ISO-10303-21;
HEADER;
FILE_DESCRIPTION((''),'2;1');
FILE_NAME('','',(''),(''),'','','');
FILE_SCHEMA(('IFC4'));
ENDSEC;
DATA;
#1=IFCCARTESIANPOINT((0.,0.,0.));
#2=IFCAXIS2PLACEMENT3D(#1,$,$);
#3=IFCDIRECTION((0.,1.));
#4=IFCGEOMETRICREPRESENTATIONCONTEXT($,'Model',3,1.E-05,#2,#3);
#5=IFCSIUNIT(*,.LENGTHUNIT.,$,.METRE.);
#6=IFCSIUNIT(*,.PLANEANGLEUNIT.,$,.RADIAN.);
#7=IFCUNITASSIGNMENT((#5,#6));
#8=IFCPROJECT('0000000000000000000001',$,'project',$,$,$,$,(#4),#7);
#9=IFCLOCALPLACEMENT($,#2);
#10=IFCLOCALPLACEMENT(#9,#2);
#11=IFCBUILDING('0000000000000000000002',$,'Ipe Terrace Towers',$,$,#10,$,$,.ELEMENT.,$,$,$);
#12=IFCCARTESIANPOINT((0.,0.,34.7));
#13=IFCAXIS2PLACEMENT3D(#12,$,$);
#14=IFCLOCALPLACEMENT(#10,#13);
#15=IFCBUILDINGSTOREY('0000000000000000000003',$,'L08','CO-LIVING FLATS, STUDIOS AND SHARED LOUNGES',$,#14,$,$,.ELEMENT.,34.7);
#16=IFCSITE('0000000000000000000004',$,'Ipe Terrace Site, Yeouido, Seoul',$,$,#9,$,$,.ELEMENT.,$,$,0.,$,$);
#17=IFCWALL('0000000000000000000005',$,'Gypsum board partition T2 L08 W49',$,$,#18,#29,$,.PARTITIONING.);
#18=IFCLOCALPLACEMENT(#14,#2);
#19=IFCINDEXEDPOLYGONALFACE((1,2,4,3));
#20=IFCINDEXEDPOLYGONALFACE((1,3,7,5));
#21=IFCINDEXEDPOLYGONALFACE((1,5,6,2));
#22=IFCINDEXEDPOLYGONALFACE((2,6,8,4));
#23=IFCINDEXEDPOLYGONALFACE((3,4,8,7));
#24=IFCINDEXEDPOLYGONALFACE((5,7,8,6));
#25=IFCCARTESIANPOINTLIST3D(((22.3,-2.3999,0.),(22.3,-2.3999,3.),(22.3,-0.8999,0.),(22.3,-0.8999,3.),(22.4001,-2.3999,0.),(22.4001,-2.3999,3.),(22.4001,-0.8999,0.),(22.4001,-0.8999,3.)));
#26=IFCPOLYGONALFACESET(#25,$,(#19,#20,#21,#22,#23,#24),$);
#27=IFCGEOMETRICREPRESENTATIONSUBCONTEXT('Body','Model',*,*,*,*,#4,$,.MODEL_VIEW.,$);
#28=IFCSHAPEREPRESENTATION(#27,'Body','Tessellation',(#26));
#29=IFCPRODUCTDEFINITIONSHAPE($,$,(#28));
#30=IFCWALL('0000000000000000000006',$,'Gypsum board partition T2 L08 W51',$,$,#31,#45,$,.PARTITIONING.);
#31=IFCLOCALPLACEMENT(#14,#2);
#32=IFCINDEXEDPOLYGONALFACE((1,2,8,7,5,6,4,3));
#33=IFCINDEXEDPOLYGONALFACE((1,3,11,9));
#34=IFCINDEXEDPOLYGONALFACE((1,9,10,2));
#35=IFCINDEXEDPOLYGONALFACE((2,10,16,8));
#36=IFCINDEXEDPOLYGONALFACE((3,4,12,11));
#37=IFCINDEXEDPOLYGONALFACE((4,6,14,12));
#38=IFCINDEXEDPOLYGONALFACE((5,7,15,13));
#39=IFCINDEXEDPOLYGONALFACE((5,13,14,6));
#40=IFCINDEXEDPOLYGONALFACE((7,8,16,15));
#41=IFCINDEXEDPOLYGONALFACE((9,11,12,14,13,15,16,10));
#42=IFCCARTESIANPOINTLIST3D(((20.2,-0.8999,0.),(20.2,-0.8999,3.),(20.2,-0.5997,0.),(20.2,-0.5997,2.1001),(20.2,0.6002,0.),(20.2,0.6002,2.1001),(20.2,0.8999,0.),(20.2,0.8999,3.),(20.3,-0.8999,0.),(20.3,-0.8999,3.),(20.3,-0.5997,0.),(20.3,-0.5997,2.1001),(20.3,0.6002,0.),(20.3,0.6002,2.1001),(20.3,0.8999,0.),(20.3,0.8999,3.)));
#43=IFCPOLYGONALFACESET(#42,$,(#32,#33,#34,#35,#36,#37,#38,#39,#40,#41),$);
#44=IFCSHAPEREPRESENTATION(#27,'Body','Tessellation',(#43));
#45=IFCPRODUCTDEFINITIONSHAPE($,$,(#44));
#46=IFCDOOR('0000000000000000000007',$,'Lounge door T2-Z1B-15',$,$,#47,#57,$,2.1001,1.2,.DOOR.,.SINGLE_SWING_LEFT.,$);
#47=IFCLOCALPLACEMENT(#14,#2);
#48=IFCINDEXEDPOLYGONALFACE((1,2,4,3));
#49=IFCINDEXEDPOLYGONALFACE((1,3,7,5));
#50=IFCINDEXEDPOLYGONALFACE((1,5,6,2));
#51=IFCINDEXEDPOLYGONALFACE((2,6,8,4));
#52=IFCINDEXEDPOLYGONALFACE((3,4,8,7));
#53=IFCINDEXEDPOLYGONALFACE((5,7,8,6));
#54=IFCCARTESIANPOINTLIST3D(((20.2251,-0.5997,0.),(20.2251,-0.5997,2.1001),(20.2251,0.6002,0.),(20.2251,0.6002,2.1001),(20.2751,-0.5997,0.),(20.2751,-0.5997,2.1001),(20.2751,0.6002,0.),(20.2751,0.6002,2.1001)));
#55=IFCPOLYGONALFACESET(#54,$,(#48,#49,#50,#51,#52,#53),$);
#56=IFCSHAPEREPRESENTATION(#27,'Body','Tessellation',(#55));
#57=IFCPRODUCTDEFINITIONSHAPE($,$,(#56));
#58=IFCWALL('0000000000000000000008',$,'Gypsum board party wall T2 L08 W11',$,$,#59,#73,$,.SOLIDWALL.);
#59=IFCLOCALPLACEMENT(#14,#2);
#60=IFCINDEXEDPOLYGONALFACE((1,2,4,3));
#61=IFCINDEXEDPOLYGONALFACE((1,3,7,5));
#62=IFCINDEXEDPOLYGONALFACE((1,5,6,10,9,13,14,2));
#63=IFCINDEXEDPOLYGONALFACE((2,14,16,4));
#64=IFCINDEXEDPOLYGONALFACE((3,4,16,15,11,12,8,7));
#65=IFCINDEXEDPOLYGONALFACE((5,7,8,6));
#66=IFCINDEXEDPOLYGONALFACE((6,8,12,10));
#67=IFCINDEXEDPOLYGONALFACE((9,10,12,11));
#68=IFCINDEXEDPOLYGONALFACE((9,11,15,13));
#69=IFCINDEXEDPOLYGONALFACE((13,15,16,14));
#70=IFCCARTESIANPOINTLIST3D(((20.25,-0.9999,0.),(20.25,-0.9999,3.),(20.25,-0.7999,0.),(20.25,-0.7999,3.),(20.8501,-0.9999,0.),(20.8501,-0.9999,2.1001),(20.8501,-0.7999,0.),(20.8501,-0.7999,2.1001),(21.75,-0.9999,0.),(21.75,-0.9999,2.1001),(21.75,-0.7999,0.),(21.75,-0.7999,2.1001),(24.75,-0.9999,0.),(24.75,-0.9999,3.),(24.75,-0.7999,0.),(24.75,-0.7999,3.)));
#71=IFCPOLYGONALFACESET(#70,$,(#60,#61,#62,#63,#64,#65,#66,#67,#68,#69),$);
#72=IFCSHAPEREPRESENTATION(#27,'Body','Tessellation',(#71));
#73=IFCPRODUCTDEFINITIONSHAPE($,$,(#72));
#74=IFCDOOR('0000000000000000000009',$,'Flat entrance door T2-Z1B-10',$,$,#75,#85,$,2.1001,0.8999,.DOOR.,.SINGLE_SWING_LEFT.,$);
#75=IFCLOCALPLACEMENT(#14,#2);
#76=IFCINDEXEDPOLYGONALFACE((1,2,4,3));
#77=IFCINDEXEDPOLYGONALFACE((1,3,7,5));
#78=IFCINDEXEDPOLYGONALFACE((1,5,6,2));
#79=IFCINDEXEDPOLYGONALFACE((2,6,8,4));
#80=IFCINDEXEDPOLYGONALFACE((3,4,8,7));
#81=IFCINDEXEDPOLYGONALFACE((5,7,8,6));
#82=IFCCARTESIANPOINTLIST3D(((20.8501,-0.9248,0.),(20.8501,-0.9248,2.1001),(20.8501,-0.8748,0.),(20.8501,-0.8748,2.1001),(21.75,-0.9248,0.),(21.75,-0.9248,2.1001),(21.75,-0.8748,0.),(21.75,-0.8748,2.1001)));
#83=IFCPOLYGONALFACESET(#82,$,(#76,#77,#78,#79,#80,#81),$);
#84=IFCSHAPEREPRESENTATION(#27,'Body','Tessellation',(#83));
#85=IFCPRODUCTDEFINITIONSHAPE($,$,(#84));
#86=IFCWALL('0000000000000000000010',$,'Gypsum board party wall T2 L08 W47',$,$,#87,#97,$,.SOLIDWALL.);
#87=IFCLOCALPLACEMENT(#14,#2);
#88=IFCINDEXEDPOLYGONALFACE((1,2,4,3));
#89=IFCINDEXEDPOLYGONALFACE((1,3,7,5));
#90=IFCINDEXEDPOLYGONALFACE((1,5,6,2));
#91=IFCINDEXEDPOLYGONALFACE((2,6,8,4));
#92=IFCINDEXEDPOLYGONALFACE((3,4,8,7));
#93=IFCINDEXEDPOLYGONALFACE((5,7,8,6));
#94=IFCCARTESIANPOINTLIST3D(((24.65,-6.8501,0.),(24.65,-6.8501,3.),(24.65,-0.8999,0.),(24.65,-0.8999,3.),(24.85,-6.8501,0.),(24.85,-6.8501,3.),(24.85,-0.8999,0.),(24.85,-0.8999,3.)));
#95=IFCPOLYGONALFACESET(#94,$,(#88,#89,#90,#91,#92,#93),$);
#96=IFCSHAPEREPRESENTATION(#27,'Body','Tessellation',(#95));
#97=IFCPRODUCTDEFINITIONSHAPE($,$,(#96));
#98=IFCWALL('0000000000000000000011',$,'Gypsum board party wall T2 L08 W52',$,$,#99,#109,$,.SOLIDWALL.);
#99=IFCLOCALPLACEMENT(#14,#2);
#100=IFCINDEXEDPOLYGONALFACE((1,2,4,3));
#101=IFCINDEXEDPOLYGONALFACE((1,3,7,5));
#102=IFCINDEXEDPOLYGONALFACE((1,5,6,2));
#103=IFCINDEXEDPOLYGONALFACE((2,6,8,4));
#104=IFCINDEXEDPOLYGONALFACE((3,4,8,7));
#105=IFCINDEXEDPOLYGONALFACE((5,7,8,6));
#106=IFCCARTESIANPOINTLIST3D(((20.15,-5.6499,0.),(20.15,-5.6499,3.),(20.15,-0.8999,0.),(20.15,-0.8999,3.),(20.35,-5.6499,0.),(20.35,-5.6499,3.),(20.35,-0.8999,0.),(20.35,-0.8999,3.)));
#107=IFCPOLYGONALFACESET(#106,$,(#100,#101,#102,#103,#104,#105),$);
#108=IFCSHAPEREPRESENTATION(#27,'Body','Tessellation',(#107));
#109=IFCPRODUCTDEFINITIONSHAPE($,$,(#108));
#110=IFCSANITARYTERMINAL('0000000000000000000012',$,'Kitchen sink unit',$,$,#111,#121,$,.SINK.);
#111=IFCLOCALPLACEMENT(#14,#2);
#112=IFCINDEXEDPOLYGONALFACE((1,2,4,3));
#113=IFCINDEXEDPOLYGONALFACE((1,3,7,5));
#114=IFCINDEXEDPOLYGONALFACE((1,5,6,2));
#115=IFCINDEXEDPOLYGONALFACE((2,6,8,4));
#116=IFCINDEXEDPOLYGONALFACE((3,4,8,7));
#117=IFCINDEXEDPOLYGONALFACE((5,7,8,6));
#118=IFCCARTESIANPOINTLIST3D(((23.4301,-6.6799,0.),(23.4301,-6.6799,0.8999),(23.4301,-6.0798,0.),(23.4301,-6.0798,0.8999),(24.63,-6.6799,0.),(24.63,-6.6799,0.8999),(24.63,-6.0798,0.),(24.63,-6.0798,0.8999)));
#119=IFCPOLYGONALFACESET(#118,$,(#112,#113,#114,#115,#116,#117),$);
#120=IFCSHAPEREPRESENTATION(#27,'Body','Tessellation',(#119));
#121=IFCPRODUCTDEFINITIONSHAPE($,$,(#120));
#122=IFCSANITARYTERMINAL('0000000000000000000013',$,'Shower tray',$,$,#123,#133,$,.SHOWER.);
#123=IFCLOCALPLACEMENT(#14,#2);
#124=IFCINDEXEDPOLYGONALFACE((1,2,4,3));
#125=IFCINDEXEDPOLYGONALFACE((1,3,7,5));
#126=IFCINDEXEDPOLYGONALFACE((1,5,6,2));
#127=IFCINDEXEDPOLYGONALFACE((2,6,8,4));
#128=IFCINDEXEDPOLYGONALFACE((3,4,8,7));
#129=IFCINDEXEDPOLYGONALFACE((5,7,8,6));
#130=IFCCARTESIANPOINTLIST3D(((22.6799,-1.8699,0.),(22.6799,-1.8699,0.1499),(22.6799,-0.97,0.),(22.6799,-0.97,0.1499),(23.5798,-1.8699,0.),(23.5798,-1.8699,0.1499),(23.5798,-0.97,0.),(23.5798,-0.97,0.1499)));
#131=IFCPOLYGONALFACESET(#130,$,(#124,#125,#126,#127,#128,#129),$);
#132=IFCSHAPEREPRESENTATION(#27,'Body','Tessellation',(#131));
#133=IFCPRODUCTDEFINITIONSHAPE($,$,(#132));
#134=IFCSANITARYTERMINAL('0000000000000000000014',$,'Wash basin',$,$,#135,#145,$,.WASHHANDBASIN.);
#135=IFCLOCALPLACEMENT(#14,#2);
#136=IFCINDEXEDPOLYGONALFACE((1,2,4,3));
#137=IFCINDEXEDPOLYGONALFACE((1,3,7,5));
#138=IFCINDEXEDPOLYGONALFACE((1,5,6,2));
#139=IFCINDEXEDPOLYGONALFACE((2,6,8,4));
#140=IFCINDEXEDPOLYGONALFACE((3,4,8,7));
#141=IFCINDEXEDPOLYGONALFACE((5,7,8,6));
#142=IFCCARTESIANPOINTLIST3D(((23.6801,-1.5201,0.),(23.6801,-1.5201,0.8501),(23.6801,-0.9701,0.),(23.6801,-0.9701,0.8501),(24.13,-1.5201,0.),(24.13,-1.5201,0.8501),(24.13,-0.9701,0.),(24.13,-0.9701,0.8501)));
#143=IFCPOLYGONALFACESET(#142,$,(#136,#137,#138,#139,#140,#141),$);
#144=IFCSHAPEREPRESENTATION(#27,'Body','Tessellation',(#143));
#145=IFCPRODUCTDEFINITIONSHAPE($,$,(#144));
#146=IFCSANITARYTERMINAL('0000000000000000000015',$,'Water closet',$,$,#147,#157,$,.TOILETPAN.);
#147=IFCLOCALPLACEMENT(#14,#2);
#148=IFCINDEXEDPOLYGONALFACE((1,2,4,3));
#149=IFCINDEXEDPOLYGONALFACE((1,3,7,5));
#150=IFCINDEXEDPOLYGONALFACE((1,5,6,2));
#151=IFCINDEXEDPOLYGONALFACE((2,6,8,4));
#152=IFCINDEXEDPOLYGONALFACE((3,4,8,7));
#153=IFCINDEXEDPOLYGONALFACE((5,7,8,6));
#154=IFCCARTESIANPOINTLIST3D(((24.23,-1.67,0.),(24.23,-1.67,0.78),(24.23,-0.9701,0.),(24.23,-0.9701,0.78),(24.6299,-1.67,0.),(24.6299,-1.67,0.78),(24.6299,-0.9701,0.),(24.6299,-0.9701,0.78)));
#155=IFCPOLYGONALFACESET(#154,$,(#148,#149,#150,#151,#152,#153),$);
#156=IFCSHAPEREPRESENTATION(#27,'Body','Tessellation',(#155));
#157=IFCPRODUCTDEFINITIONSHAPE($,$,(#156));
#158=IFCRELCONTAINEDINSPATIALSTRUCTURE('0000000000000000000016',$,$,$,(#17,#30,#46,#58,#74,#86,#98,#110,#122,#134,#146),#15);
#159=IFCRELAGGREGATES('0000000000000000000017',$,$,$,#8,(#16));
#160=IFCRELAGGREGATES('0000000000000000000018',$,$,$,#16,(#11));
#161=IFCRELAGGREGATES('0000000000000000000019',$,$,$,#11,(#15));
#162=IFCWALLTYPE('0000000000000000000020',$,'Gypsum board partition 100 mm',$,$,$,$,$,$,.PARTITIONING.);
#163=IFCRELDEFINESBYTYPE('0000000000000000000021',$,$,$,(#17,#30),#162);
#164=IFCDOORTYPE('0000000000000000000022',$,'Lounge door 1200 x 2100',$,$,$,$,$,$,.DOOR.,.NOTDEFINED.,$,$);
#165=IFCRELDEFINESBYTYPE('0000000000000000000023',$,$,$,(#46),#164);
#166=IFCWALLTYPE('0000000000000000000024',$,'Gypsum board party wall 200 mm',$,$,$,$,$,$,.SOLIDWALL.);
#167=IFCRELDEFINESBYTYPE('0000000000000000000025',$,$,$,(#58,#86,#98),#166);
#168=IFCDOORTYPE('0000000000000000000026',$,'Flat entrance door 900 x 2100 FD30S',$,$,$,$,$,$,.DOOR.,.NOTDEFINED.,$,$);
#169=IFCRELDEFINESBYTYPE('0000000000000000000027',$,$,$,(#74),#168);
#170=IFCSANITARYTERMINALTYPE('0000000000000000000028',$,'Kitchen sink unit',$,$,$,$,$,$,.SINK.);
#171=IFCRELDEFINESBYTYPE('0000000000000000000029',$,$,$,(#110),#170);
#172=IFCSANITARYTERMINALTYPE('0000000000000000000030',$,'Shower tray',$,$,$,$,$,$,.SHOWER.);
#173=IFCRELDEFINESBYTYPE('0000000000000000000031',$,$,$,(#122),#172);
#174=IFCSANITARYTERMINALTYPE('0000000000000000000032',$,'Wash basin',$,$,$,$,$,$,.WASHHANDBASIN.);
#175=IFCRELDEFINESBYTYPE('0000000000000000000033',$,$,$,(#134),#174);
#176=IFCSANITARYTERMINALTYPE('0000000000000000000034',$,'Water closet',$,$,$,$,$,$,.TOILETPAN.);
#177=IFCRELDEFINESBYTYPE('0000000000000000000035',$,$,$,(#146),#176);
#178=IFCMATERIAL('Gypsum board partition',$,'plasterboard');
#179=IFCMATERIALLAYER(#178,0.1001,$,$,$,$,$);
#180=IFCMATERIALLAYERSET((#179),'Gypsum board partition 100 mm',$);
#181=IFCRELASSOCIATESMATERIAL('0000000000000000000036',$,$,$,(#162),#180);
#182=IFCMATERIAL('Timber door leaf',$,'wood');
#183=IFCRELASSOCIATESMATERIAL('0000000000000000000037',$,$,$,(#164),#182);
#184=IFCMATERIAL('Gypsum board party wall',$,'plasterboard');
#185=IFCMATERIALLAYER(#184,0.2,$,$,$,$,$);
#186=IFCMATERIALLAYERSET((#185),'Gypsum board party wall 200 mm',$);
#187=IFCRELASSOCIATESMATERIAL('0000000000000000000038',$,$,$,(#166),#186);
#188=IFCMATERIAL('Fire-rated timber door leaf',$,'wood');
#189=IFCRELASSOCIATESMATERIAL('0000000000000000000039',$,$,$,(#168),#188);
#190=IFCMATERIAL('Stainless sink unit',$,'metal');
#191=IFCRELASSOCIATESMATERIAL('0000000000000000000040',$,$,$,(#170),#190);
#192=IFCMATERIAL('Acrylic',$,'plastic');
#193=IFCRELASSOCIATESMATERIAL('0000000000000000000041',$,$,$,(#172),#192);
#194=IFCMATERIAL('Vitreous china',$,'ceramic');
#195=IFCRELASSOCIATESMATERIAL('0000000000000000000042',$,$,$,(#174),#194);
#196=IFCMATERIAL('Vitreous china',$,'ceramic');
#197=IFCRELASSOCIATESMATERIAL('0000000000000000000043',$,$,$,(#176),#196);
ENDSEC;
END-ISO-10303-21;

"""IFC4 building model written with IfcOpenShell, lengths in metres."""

from ifc_helpers import new_model, si_unit, direction, frame, frame_2d, origin, origin_2d, place, context, subcontext, project, spatial, rectangle, extrude, material, layer, layer_set, type_object, element, fill, save


model = new_model("IFC4")

# Units and contexts
model_context = context("Model", 3, precision=1e-05, world=origin(), true_north=direction((0.0, 1.0)))
body_context = subcontext(model_context, "Body", "Model", "MODEL_VIEW")
ifc_project = project(units=[si_unit("LENGTHUNIT", "METRE"), si_unit("PLANEANGLEUNIT", "RADIAN")], contexts=[model_context])

# Site, building, storey
site_placement = place(None, origin())
site = spatial("IfcSite", under=ifc_project, at=site_placement, Name="Ipe Terrace Site, Yeouido, Seoul", CompositionType="ELEMENT", RefElevation=0.0)
building_placement = place(site_placement, origin())
building = spatial("IfcBuilding", under=site, at=building_placement, Name="Ipe Terrace Towers", CompositionType="ELEMENT")
storey_placement = place(building_placement, frame((0.0, 0.0, 34.7)))
storey = spatial("IfcBuildingStorey", under=building, at=storey_placement, Name="L08", Description="CO-LIVING FLATS, STUDIOS AND SHARED LOUNGES", CompositionType="ELEMENT", Elevation=34.7)

# Shared definitions
ifc_material_1 = material(Name="Gypsum board partition", Category="plasterboard")
ifc_layer_1 = layer(ifc_material_1, 0.1001)
ifc_layer_set_1 = layer_set([ifc_layer_1], Name="Gypsum board partition 100 mm")
wall_type_1 = type_object("IfcWallType", Name="Gypsum board partition 100 mm", PredefinedType="PARTITIONING", material=ifc_layer_set_1)

# Wall
wall_1_placement = place(storey_placement, frame((22.3501, -2.3999, 0.0), z_axis=(0.0, 0.0, 1.0), x_axis=(0.0, 1.0, 0.0)))
element("IfcWall", 1, at=wall_1_placement, inside=storey, type_object=wall_type_1, Name="Gypsum board partition T2 L08 W49", PredefinedType="PARTITIONING", context=body_context, shape_type="SweptSolid", body=[
    extrude(rectangle(XDim=1.5, YDim=0.1001, at=frame_2d((0.75, 0.0))), origin(), (0.0, 0.0, 1.0), 3.0),
])

# Walls, openings, doors
wall_2_placement = place(storey_placement, frame((20.25, -0.8999, 0.0), z_axis=(0.0, 0.0, 1.0), x_axis=(0.0, 1.0, 0.0)))
wall_2 = element("IfcWall", 2, at=wall_2_placement, inside=storey, type_object=wall_type_1, Name="Gypsum board partition T2 L08 W51", PredefinedType="PARTITIONING", context=body_context, shape_type="SweptSolid", body=[
    extrude(rectangle(XDim=1.7998, YDim=0.1001, at=frame_2d((0.8999, 0.0))), origin(), (0.0, 0.0, 1.0), 3.0),
])
opening_1_placement = place(wall_2_placement, frame((0.3, 0.0, 0.0)))
opening_1 = element("IfcOpeningElement", 3, at=opening_1_placement, cuts=wall_2, PredefinedType="OPENING", context=body_context, shape_type="SweptSolid", body=[
    extrude(rectangle(XDim=1.2, YDim=2.1001, at=frame_2d((0.6001, 1.05))), frame((0.0, 0.0601, 0.0), z_axis=(0.0, -1.0, 0.0), x_axis=(1.0, 0.0, 0.0)), (0.0, 0.0, 1.0), 0.1201),
])
ifc_material_2 = material(Name="Timber door leaf", Category="wood")
door_type_1 = type_object("IfcDoorType", Name="Lounge door 1200 x 2100", OperationType="NOTDEFINED", PredefinedType="DOOR", material=ifc_material_2)
door_1_placement = place(opening_1_placement, origin())
door_1 = element("IfcDoor", 4, at=door_1_placement, inside=storey, type_object=door_type_1, Name="Lounge door T2-Z1B-15", OperationType="SINGLE_SWING_LEFT", OverallHeight=2.1001, OverallWidth=1.2, PredefinedType="DOOR", context=body_context, shape_type="SweptSolid", body=[
    extrude(rectangle(XDim=1.2, YDim=2.1001, at=frame_2d((0.6001, 1.05))), frame((0.0, 0.0249, 0.0), z_axis=(0.0, -1.0, 0.0), x_axis=(1.0, 0.0, 0.0)), (0.0, 0.0, 1.0), 0.05),
])
fill(opening_1, door_1)
ifc_material_3 = material(Name="Gypsum board party wall", Category="plasterboard")
ifc_layer_2 = layer(ifc_material_3, 0.2)
ifc_layer_set_2 = layer_set([ifc_layer_2], Name="Gypsum board party wall 200 mm")
wall_type_2 = type_object("IfcWallType", Name="Gypsum board party wall 200 mm", PredefinedType="SOLIDWALL", material=ifc_layer_set_2)
wall_3_placement = place(storey_placement, frame((24.75, -0.8999, 0.0), z_axis=(0.0, 0.0, 1.0), x_axis=(-1.0, 0.0, 0.0)))
wall_3 = element("IfcWall", 5, at=wall_3_placement, inside=storey, type_object=wall_type_2, Name="Gypsum board party wall T2 L08 W11", PredefinedType="SOLIDWALL", context=body_context, shape_type="SweptSolid", body=[
    extrude(rectangle(XDim=4.5, YDim=0.2, at=frame_2d((2.25, 0.0))), origin(), (0.0, 0.0, 1.0), 3.0),
])
opening_2_placement = place(wall_3_placement, frame((3.0, 0.0, 0.0)))
opening_2 = element("IfcOpeningElement", 6, at=opening_2_placement, cuts=wall_3, PredefinedType="OPENING", context=body_context, shape_type="SweptSolid", body=[
    extrude(rectangle(XDim=0.8999, YDim=2.1001, at=frame_2d((0.45, 1.05))), frame((0.0, 0.1099, 0.0), z_axis=(0.0, -1.0, 0.0), x_axis=(1.0, 0.0, 0.0)), (0.0, 0.0, 1.0), 0.22),
])
ifc_material_4 = material(Name="Fire-rated timber door leaf", Category="wood")
door_type_2 = type_object("IfcDoorType", Name="Flat entrance door 900 x 2100 FD30S", OperationType="NOTDEFINED", PredefinedType="DOOR", material=ifc_material_4)
door_2_placement = place(opening_2_placement, origin())
door_2 = element("IfcDoor", 7, at=door_2_placement, inside=storey, type_object=door_type_2, Name="Flat entrance door T2-Z1B-10", OperationType="SINGLE_SWING_LEFT", OverallHeight=2.1001, OverallWidth=0.8999, PredefinedType="DOOR", context=body_context, shape_type="SweptSolid", body=[
    extrude(rectangle(XDim=0.8999, YDim=2.1001, at=frame_2d((0.45, 1.05))), frame((0.0, 0.0249, 0.0), z_axis=(0.0, -1.0, 0.0), x_axis=(1.0, 0.0, 0.0)), (0.0, 0.0, 1.0), 0.05),
])
fill(opening_2, door_2)

# Walls
wall_4_placement = place(storey_placement, frame((24.75, -6.8501, 0.0), z_axis=(0.0, 0.0, 1.0), x_axis=(0.0, 1.0, 0.0)))
element("IfcWall", 8, at=wall_4_placement, inside=storey, type_object=wall_type_2, Name="Gypsum board party wall T2 L08 W47", PredefinedType="SOLIDWALL", context=body_context, shape_type="SweptSolid", body=[
    extrude(rectangle(XDim=5.9502, YDim=0.2, at=frame_2d((2.9751, 0.0))), origin(), (0.0, 0.0, 1.0), 3.0),
])
wall_5_placement = place(storey_placement, frame((20.25, -5.6499, 0.0), z_axis=(0.0, 0.0, 1.0), x_axis=(0.0, 1.0, 0.0)))
element("IfcWall", 9, at=wall_5_placement, inside=storey, type_object=wall_type_2, Name="Gypsum board party wall T2 L08 W52", PredefinedType="SOLIDWALL", context=body_context, shape_type="SweptSolid", body=[
    extrude(rectangle(XDim=4.75, YDim=0.2, at=frame_2d((2.375, 0.0))), origin(), (0.0, 0.0, 1.0), 3.0),
])

# Sanitary terminals
ifc_material_5 = material(Name="Stainless sink unit", Category="metal")
sanitary_terminal_type_1 = type_object("IfcSanitaryTerminalType", Name="Kitchen sink unit", PredefinedType="SINK", material=ifc_material_5)
sanitary_terminal_1_placement = place(storey_placement, frame((24.03, -6.3799, 0.0), z_axis=(0.0, 0.0, 1.0), x_axis=(-1.0, 0.0, 0.0)))
element("IfcSanitaryTerminal", 10, at=sanitary_terminal_1_placement, inside=storey, type_object=sanitary_terminal_type_1, Name="Kitchen sink unit", PredefinedType="SINK", context=body_context, shape_type="SweptSolid", body=[
    extrude(rectangle(XDim=1.2, YDim=0.6001, at=origin_2d()), origin(), (0.0, 0.0, 1.0), 0.8999),
])
ifc_material_6 = material(Name="Acrylic", Category="plastic")
sanitary_terminal_type_2 = type_object("IfcSanitaryTerminalType", Name="Shower tray", PredefinedType="SHOWER", material=ifc_material_6)
sanitary_terminal_2_placement = place(storey_placement, frame((23.1299, -1.4199, 0.0), z_axis=(0.0, 0.0, 1.0), x_axis=(0.0, -1.0, 0.0)))
element("IfcSanitaryTerminal", 11, at=sanitary_terminal_2_placement, inside=storey, type_object=sanitary_terminal_type_2, Name="Shower tray", PredefinedType="SHOWER", context=body_context, shape_type="SweptSolid", body=[
    extrude(rectangle(XDim=0.8999, YDim=0.8999, at=origin_2d()), origin(), (0.0, 0.0, 1.0), 0.1499),
])
ifc_material_7 = material(Name="Vitreous china", Category="ceramic")
sanitary_terminal_type_3 = type_object("IfcSanitaryTerminalType", Name="Wash basin", PredefinedType="WASHHANDBASIN", material=ifc_material_7)
sanitary_terminal_3_placement = place(storey_placement, frame((23.905, -1.2451, 0.0), z_axis=(0.0, 0.0, 1.0), x_axis=(0.0, -1.0, 0.0)))
element("IfcSanitaryTerminal", 12, at=sanitary_terminal_3_placement, inside=storey, type_object=sanitary_terminal_type_3, Name="Wash basin", PredefinedType="WASHHANDBASIN", context=body_context, shape_type="SweptSolid", body=[
    extrude(rectangle(XDim=0.55, YDim=0.45, at=origin_2d()), origin(), (0.0, 0.0, 1.0), 0.8501),
])
ifc_material_8 = material(Name="Vitreous china", Category="ceramic")
sanitary_terminal_type_4 = type_object("IfcSanitaryTerminalType", Name="Water closet", PredefinedType="TOILETPAN", material=ifc_material_8)
sanitary_terminal_4_placement = place(storey_placement, frame((24.4299, -1.3201, 0.0), z_axis=(0.0, 0.0, 1.0), x_axis=(0.0, -1.0, 0.0)))
element("IfcSanitaryTerminal", 13, at=sanitary_terminal_4_placement, inside=storey, type_object=sanitary_terminal_type_4, Name="Water closet", PredefinedType="TOILETPAN", context=body_context, shape_type="SweptSolid", body=[
    extrude(rectangle(XDim=0.7, YDim=0.3999, at=origin_2d()), origin(), (0.0, 0.0, 1.0), 0.78),
])

save(model, "model.ifc")
